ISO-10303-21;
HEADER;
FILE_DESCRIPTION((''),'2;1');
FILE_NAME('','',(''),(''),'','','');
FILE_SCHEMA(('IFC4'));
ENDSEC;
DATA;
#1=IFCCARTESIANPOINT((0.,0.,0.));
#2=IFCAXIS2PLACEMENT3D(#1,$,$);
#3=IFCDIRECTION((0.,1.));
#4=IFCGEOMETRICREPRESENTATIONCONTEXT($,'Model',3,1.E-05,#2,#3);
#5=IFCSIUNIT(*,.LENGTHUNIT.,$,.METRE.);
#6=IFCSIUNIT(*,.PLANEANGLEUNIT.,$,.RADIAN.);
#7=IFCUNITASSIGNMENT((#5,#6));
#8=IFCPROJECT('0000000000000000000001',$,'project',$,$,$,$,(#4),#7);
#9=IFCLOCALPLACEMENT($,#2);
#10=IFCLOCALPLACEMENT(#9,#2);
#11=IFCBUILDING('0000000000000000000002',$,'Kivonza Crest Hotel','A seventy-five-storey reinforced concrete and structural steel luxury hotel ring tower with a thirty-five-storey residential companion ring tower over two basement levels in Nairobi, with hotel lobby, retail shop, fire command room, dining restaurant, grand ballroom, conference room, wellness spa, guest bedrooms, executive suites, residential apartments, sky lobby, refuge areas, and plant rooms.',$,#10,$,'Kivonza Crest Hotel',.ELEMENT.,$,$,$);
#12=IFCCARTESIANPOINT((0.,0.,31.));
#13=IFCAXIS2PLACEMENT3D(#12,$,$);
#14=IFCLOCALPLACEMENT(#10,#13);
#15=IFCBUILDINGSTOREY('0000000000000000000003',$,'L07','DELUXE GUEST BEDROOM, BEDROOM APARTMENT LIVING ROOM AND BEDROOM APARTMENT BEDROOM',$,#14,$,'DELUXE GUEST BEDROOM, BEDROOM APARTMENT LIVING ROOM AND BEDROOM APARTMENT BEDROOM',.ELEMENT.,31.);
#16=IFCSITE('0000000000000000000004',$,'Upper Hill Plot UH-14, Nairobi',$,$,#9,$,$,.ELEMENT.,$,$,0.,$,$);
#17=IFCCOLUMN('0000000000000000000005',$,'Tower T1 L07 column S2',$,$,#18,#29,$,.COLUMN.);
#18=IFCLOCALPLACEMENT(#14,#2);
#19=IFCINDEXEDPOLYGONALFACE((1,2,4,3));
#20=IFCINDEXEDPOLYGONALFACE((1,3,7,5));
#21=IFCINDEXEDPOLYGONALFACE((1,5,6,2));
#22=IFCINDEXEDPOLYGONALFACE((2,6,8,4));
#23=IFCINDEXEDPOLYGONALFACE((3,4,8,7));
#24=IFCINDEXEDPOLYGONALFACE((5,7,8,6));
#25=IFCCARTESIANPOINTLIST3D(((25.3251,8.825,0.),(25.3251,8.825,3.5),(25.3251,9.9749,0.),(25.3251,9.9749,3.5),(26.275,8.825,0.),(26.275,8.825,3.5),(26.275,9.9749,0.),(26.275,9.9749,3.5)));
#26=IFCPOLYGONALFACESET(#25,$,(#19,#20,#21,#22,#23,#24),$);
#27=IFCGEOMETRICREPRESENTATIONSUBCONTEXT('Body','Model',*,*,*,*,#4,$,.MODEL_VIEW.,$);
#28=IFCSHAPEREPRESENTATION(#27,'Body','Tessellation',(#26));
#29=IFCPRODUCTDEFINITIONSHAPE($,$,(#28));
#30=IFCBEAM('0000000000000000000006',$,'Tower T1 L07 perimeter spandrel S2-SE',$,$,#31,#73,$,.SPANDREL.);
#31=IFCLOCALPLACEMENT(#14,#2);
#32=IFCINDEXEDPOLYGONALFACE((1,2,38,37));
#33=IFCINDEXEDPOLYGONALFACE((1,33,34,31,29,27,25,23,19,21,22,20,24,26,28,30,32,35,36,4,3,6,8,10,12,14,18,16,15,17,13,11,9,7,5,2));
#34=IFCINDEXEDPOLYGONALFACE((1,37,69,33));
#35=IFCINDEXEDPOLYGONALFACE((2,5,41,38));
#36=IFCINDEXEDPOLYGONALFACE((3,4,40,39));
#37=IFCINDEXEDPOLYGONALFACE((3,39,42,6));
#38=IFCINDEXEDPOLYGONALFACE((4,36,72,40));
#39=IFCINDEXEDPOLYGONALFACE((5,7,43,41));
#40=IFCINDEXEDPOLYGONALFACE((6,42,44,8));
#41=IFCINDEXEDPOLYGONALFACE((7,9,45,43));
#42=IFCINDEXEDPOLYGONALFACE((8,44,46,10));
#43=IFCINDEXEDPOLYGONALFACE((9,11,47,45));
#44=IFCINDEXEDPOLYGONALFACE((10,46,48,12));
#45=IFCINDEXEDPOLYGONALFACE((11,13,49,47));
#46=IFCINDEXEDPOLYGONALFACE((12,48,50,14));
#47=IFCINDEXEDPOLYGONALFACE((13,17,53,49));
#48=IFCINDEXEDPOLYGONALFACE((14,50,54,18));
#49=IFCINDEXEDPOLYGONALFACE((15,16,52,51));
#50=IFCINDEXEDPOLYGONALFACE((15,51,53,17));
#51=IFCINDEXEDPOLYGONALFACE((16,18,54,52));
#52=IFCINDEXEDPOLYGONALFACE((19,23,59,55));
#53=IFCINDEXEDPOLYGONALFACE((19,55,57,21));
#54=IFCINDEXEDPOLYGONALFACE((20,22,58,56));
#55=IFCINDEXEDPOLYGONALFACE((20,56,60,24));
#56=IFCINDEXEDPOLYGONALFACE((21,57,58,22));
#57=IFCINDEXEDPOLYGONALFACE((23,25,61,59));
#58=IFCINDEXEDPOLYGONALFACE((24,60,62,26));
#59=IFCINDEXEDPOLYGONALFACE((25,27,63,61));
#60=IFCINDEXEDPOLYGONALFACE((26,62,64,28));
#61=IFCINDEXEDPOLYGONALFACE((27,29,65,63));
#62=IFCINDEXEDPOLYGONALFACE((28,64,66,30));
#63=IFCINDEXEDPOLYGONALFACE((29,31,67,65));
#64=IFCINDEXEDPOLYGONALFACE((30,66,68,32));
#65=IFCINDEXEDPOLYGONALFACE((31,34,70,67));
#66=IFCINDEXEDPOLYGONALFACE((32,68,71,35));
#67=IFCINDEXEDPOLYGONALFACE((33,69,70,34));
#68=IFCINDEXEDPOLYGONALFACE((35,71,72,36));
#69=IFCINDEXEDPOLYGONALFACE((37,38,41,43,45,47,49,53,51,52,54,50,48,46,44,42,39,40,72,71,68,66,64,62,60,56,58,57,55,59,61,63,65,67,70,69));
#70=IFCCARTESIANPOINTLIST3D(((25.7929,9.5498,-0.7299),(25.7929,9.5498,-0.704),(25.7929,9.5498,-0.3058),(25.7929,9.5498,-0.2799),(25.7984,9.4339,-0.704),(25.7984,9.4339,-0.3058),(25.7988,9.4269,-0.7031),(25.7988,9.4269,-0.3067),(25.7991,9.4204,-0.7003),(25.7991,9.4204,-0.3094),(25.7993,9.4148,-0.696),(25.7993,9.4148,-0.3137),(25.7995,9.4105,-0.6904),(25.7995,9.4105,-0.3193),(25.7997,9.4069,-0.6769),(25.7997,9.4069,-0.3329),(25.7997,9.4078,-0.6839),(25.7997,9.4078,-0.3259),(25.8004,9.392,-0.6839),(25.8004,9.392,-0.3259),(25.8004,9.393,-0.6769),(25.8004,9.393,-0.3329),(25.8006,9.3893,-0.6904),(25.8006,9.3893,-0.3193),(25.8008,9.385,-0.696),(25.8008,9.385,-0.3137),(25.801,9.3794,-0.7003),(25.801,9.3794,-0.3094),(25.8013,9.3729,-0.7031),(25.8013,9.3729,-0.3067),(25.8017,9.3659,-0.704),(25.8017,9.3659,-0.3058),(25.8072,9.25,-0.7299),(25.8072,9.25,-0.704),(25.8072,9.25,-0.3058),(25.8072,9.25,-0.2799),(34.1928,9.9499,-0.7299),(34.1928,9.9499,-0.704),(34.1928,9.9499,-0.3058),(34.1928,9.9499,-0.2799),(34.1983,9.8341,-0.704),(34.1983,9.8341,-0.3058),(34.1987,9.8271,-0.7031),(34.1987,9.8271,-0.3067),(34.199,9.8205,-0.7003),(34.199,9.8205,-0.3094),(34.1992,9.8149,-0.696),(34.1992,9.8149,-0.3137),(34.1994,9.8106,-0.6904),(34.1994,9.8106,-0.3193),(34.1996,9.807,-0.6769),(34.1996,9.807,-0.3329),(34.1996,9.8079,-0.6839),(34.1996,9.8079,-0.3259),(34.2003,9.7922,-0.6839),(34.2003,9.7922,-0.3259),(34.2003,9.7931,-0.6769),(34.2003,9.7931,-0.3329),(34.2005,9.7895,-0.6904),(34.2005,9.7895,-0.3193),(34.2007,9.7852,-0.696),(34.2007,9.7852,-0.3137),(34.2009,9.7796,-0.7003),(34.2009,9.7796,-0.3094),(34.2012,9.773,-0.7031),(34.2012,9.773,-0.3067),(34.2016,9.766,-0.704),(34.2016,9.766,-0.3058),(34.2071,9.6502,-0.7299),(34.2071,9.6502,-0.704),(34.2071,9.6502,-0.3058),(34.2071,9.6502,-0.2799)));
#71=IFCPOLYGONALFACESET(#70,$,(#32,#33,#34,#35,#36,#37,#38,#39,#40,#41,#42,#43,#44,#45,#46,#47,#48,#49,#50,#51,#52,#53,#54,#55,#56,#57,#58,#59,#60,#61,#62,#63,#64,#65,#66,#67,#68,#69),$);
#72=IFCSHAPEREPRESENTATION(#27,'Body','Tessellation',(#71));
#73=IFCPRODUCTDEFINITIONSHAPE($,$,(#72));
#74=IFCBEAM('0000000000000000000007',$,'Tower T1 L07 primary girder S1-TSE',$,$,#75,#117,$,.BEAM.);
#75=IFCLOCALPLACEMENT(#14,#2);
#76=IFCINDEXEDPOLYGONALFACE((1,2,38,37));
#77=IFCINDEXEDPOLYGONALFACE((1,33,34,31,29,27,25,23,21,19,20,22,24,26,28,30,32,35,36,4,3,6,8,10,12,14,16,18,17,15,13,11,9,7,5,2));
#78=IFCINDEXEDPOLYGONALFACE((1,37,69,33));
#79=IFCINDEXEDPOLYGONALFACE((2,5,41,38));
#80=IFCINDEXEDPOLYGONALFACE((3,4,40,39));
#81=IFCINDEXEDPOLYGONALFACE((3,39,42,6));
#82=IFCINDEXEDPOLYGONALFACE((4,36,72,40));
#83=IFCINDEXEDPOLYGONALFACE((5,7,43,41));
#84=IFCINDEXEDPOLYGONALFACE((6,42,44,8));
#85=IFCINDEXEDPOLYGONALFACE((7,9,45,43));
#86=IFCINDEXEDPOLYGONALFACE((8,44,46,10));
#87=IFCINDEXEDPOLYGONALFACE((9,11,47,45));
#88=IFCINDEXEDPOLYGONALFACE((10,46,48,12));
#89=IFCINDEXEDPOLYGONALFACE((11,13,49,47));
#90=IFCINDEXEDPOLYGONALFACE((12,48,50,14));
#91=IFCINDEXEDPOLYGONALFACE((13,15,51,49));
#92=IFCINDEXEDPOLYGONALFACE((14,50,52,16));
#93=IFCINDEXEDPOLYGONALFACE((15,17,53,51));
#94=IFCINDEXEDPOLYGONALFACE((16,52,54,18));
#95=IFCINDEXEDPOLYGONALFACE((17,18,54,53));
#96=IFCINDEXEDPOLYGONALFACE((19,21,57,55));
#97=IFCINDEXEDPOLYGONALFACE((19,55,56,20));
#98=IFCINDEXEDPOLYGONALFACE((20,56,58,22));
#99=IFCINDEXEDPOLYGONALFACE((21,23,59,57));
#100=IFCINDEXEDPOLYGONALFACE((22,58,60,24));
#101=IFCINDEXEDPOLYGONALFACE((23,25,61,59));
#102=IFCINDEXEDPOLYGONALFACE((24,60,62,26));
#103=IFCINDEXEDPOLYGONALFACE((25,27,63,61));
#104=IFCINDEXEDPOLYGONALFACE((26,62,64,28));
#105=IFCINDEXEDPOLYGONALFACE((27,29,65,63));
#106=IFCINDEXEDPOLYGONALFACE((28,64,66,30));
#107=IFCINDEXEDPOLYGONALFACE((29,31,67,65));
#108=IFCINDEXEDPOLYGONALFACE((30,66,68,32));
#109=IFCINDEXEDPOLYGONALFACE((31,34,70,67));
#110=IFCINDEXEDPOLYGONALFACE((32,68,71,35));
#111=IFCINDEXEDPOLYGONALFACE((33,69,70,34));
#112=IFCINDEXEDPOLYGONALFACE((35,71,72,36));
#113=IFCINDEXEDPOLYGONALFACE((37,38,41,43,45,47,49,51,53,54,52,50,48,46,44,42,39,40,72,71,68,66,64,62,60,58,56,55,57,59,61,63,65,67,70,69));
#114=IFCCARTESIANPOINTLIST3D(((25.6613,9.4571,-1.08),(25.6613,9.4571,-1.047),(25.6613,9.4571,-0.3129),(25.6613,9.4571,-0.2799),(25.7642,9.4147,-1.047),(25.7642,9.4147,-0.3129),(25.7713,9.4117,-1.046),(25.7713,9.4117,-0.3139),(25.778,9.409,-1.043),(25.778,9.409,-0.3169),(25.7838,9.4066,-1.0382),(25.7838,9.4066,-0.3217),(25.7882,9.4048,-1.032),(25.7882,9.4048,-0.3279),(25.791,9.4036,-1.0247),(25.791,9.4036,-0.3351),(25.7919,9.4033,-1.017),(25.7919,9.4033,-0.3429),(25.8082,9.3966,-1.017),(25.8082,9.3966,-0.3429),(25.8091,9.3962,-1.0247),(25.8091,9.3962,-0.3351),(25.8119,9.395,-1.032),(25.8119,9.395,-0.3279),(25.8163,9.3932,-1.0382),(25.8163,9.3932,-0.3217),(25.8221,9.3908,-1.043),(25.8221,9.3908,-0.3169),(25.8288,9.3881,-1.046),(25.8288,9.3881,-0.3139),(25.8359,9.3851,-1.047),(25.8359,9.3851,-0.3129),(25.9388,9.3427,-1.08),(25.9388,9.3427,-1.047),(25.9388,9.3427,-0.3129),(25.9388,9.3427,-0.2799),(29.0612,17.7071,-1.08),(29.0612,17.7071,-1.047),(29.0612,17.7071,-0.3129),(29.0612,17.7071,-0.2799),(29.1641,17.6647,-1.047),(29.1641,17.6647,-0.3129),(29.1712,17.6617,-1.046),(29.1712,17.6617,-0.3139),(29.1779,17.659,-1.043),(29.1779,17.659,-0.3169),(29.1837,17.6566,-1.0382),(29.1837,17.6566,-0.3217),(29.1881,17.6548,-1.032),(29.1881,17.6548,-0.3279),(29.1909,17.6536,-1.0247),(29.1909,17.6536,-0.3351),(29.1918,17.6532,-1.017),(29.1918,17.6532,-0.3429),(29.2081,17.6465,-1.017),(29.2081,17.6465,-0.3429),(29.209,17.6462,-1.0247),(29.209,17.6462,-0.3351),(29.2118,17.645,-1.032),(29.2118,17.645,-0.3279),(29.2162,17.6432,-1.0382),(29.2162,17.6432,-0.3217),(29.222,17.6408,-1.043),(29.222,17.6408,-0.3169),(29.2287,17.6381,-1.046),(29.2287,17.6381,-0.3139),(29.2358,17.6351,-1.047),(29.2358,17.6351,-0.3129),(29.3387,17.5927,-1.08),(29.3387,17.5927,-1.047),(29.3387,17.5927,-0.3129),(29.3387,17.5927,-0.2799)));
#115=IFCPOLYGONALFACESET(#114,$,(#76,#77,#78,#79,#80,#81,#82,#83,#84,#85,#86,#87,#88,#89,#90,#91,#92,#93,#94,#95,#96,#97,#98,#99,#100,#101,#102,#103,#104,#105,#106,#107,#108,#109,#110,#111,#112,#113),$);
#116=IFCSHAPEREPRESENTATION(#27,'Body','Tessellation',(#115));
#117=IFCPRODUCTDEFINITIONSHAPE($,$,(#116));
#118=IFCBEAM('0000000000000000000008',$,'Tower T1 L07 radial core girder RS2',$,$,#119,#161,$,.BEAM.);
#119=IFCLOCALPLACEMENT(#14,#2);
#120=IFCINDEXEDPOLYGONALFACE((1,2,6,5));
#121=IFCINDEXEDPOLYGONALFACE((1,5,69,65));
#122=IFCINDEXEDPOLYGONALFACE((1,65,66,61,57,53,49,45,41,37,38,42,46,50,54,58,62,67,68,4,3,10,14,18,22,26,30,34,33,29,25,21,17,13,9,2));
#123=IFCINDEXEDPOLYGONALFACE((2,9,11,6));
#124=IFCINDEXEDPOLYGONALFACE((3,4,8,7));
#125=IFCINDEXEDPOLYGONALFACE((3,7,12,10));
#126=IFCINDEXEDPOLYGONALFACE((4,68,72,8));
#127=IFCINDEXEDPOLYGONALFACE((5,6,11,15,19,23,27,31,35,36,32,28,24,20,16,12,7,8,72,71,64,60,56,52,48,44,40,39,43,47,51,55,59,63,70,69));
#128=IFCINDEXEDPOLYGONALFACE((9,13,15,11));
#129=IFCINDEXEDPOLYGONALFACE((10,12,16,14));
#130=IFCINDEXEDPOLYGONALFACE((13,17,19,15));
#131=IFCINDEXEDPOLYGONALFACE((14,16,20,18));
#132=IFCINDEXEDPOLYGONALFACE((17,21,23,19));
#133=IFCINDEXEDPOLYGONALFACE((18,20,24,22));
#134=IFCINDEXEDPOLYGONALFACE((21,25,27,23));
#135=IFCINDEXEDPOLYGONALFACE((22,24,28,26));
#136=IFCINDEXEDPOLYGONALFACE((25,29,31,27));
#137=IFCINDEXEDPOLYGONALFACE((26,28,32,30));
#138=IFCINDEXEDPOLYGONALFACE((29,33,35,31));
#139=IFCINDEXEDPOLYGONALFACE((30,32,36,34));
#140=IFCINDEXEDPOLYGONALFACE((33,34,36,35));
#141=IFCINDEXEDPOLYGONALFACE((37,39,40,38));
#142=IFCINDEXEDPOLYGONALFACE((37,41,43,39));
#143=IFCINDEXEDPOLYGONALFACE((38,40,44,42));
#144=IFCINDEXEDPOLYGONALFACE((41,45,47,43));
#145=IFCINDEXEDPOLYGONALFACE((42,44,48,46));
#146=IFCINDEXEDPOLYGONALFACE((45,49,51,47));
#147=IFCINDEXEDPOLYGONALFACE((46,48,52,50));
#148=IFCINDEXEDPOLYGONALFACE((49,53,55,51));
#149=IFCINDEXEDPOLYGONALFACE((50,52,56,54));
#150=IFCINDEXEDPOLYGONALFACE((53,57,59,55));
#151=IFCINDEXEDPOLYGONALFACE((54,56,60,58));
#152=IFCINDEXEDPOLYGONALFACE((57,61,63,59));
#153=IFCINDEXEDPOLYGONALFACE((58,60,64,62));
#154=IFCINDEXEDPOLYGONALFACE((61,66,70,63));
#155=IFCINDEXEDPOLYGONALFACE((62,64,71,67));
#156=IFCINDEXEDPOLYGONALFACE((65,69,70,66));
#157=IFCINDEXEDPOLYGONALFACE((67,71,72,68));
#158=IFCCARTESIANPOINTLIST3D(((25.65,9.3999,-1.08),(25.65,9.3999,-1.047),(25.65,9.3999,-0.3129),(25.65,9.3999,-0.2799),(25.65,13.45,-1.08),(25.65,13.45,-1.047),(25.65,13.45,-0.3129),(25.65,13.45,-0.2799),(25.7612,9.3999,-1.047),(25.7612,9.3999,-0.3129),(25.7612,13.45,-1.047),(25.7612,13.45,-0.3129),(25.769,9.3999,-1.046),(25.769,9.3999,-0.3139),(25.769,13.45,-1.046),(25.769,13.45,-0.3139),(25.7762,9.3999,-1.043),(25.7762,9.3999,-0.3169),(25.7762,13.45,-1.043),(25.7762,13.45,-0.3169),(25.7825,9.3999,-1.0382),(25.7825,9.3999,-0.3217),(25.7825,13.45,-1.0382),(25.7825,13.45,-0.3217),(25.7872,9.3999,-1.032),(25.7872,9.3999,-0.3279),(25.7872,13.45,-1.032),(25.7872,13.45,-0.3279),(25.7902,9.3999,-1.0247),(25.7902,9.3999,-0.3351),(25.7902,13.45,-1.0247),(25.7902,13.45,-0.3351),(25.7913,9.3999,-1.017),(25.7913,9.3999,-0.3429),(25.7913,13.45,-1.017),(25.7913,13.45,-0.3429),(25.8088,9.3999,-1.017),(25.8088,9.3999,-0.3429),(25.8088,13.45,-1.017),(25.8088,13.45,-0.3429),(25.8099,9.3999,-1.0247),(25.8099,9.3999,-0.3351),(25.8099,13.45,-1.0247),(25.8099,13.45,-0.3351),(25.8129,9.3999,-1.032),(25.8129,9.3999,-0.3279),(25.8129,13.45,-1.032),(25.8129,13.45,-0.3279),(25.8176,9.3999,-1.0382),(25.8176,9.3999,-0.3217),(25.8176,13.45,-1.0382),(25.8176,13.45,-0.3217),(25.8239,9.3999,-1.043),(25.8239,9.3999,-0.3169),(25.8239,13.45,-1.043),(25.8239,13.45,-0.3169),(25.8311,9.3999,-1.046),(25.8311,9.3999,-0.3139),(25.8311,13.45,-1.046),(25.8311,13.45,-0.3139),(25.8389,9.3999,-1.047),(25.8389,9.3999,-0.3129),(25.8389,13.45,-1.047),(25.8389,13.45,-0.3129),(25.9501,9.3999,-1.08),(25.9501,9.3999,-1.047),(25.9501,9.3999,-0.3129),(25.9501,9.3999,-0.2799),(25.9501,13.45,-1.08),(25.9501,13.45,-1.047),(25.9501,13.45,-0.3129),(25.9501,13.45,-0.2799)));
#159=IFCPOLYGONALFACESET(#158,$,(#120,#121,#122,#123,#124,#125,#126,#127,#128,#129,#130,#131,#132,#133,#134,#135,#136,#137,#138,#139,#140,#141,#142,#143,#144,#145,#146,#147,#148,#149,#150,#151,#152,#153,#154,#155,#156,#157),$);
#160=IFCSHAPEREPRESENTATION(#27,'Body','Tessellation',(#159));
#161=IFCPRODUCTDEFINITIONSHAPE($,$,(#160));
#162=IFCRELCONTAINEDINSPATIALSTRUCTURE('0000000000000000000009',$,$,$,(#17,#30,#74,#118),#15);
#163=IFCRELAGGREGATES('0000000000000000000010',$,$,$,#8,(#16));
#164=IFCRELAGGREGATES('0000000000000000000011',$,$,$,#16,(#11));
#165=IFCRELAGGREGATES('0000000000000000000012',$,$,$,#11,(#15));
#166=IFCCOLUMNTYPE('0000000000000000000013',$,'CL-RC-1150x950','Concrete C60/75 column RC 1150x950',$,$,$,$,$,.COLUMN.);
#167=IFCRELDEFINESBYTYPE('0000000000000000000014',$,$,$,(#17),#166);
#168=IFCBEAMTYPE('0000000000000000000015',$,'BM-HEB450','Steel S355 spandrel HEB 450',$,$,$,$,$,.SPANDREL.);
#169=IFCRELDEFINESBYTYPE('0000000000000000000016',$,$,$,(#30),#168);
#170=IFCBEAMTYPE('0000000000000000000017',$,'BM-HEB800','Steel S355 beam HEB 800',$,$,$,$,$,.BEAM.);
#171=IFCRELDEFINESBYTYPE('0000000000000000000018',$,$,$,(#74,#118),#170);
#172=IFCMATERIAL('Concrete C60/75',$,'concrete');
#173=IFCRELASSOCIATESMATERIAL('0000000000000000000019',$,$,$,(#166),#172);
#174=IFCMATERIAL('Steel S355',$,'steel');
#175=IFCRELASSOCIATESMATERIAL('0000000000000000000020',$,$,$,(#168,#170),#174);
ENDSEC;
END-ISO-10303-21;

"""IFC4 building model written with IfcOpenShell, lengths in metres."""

from ifc_helpers import new_model, si_unit, direction, frame, origin, origin_2d, place, context, subcontext, project, spatial, rectangle, i_section, extrude, material, material_profile, profile_set, type_object, element, save


model = new_model("IFC4")

# Units and contexts
model_context = context("Model", 3, precision=1e-05, world=origin(), true_north=direction((0.0, 1.0)))
body_context = subcontext(model_context, "Body", "Model", "MODEL_VIEW")
ifc_project = project(units=[si_unit("LENGTHUNIT", "METRE"), si_unit("PLANEANGLEUNIT", "RADIAN")], contexts=[model_context])

# Site, building, storey
site_placement = place(None, origin())
site = spatial("IfcSite", under=ifc_project, at=site_placement, Name="Upper Hill Plot UH-14, Nairobi", CompositionType="ELEMENT", RefElevation=0.0)
building_placement = place(site_placement, origin())
building = spatial("IfcBuilding", under=site, at=building_placement, Name="Kivonza Crest Hotel", Description="A seventy-five-storey reinforced concrete and structural steel luxury hotel ring tower with a thirty-five-storey residential companion ring tower over two basement levels in Nairobi, with hotel lobby, retail shop, fire command room, dining restaurant, grand ballroom, conference room, wellness spa, guest bedrooms, executive suites, residential apartments, sky lobby, refuge areas, and plant rooms.", LongName="Kivonza Crest Hotel", CompositionType="ELEMENT")
storey_placement = place(building_placement, frame((0.0, 0.0, 31.0)))
storey = spatial("IfcBuildingStorey", under=building, at=storey_placement, Name="L07", Description="DELUXE GUEST BEDROOM, BEDROOM APARTMENT LIVING ROOM AND BEDROOM APARTMENT BEDROOM", LongName="DELUXE GUEST BEDROOM, BEDROOM APARTMENT LIVING ROOM AND BEDROOM APARTMENT BEDROOM", CompositionType="ELEMENT", Elevation=31.0)

# Column
ifc_material_1 = material(Name="Concrete C60/75", Category="concrete")
ifc_material_profile_1 = material_profile(ifc_material_1, rectangle(XDim=0.95, YDim=1.1499, at=origin_2d()), Name="RC 1150x950")
ifc_profile_set_1 = profile_set([ifc_material_profile_1], Name="Concrete C60/75")
column_type = type_object("IfcColumnType", Name="CL-RC-1150x950", Description="Concrete C60/75 column RC 1150x950", PredefinedType="COLUMN", material=ifc_profile_set_1)
column_placement = place(storey_placement, frame((25.8, 9.3999, 0.0), z_axis=(0.0, 0.0, 1.0), x_axis=(1.0, 0.0, 0.0)))
element("IfcColumn", 1, at=column_placement, inside=storey, type_object=column_type, Name="Tower T1 L07 column S2", PredefinedType="COLUMN", context=body_context, shape_type="SweptSolid", body=[
    extrude(rectangle(XDim=0.95, YDim=1.1499, at=origin_2d()), origin(), (0.0, 0.0, 1.0), 3.5),
])

# Beams
ifc_material_2 = material(Name="Steel S355", Category="steel")
ifc_material_profile_2 = material_profile(ifc_material_2, i_section(OverallWidth=0.3, OverallDepth=0.45, WebThickness=0.0139, FlangeThickness=0.0259, FilletRadius=0.0271, at=origin_2d()), Name="HEB 450")
ifc_profile_set_2 = profile_set([ifc_material_profile_2], Name="Steel S355")
beam_type_1 = type_object("IfcBeamType", Name="BM-HEB450", Description="Steel S355 spandrel HEB 450", PredefinedType="SPANDREL", material=ifc_profile_set_2)
beam_1_placement = place(storey_placement, frame((25.8, 9.3999, -0.5049), z_axis=(0.998867, 0.047583, 0.0), x_axis=(-0.047583, 0.998867, 0.0)))
element("IfcBeam", 2, at=beam_1_placement, inside=storey, type_object=beam_type_1, Name="Tower T1 L07 perimeter spandrel S2-SE", PredefinedType="SPANDREL", context=body_context, shape_type="SweptSolid", body=[
    extrude(i_section(OverallWidth=0.3, OverallDepth=0.45, WebThickness=0.0139, FlangeThickness=0.0259, FilletRadius=0.0271, at=origin_2d()), origin(), (0.0, 0.0, 1.0), 8.4094),
])
ifc_material_profile_3 = material_profile(ifc_material_2, i_section(OverallWidth=0.3, OverallDepth=0.8, WebThickness=0.0176, FlangeThickness=0.033, FilletRadius=0.03, at=origin_2d()), Name="HEB 800")
ifc_profile_set_3 = profile_set([ifc_material_profile_3], Name="Steel S355")
beam_type_2 = type_object("IfcBeamType", Name="BM-HEB800", Description="Steel S355 beam HEB 800", PredefinedType="BEAM", material=ifc_profile_set_3)
beam_2_placement = place(storey_placement, frame((25.8, 9.3999, -0.6799), z_axis=(0.381022, 0.924566, 0.0), x_axis=(-0.924566, 0.381022, 0.0)))
element("IfcBeam", 3, at=beam_2_placement, inside=storey, type_object=beam_type_2, Name="Tower T1 L07 primary girder S1-TSE", PredefinedType="BEAM", context=body_context, shape_type="SweptSolid", body=[
    extrude(i_section(OverallWidth=0.3, OverallDepth=0.8, WebThickness=0.0176, FlangeThickness=0.033, FilletRadius=0.03, at=origin_2d()), origin(), (0.0, 0.0, 1.0), 8.9231),
])
beam_3_placement = place(storey_placement, frame((25.8, 9.3999, -0.6799), z_axis=(0.0, 1.0, 0.0), x_axis=(-1.0, 0.0, 0.0)))
element("IfcBeam", 4, at=beam_3_placement, inside=storey, type_object=beam_type_2, Name="Tower T1 L07 radial core girder RS2", PredefinedType="BEAM", context=body_context, shape_type="SweptSolid", body=[
    extrude(i_section(OverallWidth=0.3, OverallDepth=0.8, WebThickness=0.0176, FlangeThickness=0.033, FilletRadius=0.03, at=origin_2d()), origin(), (0.0, 0.0, 1.0), 4.05),
])

save(model, "model.ifc")
